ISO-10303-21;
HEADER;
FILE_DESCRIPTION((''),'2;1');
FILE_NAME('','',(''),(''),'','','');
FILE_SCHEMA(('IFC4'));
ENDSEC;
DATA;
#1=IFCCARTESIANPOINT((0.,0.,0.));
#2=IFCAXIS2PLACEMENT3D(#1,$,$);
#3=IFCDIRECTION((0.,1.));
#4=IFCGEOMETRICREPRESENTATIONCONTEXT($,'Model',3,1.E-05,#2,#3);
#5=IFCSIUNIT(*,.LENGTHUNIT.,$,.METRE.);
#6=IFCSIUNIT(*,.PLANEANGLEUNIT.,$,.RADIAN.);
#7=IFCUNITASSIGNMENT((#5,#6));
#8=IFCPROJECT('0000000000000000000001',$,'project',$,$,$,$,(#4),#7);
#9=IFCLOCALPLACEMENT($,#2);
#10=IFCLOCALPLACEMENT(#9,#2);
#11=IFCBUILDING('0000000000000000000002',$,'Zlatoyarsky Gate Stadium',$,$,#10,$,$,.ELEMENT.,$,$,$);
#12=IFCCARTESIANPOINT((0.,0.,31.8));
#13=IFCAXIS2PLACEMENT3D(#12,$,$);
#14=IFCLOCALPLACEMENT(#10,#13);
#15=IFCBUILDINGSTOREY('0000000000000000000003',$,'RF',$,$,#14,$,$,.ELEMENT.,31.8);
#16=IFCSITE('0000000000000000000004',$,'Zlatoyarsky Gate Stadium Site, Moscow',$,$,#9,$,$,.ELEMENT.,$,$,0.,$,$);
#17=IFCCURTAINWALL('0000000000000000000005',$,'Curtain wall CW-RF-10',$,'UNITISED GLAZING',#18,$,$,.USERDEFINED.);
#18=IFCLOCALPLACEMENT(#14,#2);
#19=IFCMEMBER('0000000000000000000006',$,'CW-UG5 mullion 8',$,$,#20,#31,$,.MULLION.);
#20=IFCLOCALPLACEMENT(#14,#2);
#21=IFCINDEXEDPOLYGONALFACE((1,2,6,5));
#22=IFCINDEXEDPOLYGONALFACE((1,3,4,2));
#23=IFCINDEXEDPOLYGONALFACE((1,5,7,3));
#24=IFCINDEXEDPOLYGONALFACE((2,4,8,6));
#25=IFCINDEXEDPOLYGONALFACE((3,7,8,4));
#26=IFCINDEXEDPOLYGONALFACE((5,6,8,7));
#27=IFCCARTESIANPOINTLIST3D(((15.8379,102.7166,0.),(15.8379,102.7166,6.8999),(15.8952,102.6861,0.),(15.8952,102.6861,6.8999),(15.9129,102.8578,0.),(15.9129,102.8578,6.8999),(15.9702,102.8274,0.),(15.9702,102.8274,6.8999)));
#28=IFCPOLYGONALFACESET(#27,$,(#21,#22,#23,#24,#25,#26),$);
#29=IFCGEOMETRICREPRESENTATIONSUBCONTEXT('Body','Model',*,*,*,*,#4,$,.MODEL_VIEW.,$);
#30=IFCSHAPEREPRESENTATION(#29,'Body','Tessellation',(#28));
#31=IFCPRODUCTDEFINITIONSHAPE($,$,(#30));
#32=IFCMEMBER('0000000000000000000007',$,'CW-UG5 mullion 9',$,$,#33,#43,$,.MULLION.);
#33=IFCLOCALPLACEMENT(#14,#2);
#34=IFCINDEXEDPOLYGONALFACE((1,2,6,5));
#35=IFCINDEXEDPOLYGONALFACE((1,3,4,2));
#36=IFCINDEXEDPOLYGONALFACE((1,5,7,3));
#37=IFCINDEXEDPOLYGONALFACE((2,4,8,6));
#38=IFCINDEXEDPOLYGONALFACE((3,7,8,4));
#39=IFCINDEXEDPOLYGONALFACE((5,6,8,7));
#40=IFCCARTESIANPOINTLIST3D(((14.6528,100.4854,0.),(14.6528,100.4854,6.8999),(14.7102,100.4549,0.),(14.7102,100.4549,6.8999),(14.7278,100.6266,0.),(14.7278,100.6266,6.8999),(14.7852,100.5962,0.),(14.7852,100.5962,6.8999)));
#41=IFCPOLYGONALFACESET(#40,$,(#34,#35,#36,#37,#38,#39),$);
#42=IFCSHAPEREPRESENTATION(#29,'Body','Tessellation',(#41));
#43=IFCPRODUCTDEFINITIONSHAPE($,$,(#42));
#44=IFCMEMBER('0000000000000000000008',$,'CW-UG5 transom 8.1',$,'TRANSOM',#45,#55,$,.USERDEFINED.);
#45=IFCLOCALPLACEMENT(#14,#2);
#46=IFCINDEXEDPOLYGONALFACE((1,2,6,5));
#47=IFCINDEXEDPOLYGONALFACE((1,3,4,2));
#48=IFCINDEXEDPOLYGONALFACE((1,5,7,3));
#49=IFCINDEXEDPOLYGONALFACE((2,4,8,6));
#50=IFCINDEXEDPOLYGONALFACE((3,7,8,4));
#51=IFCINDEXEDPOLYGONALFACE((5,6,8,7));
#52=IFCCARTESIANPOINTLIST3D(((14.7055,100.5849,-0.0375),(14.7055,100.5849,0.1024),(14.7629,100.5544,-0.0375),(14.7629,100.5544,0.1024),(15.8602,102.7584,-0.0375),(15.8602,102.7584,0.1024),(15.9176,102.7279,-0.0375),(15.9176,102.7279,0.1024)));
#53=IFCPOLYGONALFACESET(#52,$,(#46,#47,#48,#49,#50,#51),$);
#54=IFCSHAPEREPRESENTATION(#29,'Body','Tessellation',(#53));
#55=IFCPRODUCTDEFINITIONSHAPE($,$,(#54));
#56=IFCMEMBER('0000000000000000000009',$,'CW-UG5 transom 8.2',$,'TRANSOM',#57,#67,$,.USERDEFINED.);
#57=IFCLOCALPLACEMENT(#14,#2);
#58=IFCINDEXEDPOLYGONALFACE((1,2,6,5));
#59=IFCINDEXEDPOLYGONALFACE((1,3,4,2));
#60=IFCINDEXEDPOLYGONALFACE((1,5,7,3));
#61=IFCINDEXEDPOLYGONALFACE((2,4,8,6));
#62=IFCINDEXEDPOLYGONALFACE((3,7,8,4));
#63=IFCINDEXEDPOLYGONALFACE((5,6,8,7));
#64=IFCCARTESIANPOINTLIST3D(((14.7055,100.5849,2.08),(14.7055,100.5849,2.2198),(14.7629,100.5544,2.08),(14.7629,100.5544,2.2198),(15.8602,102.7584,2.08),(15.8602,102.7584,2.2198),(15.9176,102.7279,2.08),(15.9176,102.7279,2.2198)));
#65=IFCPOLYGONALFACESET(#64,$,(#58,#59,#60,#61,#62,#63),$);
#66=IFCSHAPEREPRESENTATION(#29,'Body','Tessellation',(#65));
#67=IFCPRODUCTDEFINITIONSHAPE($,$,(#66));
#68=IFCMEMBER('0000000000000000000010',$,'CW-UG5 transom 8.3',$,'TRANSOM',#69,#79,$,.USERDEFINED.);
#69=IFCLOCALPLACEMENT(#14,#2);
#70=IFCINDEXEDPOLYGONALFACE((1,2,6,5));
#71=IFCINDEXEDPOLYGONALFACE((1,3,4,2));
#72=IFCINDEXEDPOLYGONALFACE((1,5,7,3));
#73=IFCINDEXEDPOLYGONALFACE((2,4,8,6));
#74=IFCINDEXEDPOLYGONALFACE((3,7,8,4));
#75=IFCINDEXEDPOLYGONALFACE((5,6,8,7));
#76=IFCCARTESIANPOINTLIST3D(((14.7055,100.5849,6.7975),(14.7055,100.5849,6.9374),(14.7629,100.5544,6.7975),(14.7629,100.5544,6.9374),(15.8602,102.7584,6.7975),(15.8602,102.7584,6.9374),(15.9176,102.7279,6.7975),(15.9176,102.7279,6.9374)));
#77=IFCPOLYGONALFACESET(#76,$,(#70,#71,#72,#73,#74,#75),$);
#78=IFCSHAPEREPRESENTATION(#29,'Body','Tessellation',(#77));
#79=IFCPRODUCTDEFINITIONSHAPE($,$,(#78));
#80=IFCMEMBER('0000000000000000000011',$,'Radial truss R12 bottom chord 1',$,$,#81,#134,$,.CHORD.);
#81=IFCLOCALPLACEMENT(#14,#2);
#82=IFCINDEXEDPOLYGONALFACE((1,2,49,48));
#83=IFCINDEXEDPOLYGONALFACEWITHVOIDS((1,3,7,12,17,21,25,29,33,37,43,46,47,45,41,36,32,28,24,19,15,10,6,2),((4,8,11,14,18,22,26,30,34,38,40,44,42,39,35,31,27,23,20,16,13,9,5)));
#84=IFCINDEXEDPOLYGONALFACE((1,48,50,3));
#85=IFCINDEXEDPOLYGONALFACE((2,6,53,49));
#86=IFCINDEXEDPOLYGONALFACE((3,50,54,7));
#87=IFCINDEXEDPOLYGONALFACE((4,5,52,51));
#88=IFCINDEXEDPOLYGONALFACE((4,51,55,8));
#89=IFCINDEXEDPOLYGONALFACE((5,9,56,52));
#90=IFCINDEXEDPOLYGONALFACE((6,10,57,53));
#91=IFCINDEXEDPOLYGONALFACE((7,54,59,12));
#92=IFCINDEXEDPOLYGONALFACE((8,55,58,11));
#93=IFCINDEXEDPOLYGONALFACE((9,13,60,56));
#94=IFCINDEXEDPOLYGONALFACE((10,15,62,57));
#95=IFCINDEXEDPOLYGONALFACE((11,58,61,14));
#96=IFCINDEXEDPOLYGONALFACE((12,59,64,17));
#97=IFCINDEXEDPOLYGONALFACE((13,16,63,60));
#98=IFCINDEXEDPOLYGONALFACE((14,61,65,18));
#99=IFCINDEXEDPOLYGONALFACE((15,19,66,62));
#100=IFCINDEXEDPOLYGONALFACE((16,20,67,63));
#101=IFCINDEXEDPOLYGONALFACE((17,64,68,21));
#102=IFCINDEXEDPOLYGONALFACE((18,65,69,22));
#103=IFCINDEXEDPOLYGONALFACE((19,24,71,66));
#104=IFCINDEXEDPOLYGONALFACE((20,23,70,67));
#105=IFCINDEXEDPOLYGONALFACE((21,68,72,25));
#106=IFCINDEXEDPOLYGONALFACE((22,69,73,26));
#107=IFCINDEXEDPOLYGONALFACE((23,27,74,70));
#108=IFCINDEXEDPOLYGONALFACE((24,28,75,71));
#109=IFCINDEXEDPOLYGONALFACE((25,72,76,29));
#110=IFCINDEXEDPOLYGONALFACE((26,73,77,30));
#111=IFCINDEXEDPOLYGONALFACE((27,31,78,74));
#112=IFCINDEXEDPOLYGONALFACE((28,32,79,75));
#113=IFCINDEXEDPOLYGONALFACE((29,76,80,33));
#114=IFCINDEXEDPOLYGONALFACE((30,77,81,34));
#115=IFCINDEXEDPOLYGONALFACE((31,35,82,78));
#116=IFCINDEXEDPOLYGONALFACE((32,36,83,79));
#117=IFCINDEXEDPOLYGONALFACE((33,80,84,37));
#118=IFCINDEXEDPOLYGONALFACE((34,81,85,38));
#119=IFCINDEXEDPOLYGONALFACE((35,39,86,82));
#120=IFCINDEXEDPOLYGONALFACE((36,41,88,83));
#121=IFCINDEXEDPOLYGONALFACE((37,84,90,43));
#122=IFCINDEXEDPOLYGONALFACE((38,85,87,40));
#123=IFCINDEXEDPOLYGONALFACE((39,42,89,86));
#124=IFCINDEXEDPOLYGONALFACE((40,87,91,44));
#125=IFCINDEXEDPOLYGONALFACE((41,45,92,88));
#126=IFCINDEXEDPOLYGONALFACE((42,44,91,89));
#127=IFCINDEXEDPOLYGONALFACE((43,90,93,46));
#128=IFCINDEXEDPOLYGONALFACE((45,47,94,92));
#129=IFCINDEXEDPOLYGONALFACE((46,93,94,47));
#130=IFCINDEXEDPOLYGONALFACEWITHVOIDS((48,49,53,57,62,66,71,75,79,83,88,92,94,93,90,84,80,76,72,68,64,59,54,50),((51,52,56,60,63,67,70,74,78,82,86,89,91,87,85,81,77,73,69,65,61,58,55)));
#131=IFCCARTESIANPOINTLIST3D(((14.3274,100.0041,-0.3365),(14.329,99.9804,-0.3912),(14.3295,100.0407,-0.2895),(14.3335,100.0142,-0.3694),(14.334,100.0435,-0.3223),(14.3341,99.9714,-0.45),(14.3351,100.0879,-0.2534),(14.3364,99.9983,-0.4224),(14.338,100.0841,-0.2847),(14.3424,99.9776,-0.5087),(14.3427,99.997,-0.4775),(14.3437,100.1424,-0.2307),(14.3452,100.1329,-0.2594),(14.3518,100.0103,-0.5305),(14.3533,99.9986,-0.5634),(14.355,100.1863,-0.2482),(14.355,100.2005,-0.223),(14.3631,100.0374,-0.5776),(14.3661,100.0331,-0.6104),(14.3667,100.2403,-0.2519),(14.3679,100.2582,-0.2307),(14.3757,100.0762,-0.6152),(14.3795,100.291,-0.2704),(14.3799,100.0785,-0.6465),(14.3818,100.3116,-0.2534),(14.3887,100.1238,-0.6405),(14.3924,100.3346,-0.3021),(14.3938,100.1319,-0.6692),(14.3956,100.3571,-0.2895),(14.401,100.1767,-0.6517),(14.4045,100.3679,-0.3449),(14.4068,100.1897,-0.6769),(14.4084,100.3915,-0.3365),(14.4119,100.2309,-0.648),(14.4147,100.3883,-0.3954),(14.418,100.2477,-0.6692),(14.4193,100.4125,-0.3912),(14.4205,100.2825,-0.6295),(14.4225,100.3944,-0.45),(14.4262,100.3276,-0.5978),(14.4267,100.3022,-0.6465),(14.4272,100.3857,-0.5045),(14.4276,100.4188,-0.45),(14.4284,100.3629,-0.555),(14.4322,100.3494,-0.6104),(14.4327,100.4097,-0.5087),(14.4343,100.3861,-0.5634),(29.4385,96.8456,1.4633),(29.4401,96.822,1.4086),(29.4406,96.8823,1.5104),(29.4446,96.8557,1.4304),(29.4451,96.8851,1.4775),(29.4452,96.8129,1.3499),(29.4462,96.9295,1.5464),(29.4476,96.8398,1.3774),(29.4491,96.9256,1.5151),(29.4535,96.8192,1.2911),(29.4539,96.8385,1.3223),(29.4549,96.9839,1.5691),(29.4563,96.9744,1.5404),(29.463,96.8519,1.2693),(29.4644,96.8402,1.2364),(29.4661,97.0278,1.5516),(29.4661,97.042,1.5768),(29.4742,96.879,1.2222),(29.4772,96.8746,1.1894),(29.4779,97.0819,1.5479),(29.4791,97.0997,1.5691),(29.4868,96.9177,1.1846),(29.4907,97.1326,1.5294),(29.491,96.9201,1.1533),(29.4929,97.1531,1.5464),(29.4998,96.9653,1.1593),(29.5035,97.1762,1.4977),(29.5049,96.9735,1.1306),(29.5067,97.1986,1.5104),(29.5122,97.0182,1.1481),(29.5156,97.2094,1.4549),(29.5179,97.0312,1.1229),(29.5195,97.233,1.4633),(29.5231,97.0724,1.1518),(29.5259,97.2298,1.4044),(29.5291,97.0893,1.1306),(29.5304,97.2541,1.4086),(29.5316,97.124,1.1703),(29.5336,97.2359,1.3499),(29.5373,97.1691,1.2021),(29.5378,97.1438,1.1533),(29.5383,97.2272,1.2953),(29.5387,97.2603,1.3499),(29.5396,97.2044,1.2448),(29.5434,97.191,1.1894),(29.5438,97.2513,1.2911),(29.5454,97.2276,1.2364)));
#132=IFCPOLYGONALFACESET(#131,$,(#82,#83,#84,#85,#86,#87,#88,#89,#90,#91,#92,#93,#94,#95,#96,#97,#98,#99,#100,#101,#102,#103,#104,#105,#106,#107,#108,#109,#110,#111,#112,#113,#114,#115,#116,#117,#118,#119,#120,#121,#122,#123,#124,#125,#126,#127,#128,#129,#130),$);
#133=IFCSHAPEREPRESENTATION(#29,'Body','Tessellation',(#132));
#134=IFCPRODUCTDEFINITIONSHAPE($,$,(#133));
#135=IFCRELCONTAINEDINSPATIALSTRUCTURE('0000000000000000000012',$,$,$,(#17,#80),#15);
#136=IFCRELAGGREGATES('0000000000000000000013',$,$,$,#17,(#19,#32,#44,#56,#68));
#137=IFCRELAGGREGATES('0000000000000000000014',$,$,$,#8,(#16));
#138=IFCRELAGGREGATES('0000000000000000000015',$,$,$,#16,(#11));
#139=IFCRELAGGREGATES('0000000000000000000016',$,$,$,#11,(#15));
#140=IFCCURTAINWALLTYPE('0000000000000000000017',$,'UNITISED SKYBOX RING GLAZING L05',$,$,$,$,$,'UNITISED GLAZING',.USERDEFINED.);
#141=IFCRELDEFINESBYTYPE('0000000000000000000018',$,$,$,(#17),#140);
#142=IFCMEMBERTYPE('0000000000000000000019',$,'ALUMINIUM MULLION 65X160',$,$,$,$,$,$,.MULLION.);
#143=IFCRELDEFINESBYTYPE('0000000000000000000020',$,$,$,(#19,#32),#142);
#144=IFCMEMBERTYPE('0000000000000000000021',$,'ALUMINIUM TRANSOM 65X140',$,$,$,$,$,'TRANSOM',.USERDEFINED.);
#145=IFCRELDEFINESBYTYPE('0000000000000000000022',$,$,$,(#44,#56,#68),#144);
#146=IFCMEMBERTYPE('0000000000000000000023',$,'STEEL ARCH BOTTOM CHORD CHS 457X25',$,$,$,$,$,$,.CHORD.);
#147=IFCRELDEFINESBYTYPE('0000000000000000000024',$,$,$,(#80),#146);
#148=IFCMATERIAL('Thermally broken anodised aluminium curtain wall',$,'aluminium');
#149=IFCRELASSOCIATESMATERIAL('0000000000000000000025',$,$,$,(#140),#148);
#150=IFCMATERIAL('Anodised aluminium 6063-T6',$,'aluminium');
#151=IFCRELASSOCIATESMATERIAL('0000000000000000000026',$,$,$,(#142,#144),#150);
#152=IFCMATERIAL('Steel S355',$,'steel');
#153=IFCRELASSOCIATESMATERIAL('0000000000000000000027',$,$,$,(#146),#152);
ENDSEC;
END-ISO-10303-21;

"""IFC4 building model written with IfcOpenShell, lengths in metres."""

from ifc_helpers import new_model, si_unit, direction, frame, origin, origin_2d, place, context, subcontext, project, spatial, rectangle, hollow_circle, extrude, material, material_profile, profile_set, type_object, element, aggregate, save


model = new_model("IFC4")

# Units and contexts
model_context = context("Model", 3, precision=1e-05, world=origin(), true_north=direction((0.0, 1.0)))
body_context = subcontext(model_context, "Body", "Model", "MODEL_VIEW")
ifc_project = project(units=[si_unit("LENGTHUNIT", "METRE"), si_unit("PLANEANGLEUNIT", "RADIAN")], contexts=[model_context])

# Site, building, storey
site_placement = place(None, origin())
site = spatial("IfcSite", under=ifc_project, at=site_placement, Name="Zlatoyarsky Gate Stadium Site, Moscow", CompositionType="ELEMENT", RefElevation=0.0)
building_placement = place(site_placement, origin())
building = spatial("IfcBuilding", under=site, at=building_placement, Name="Zlatoyarsky Gate Stadium", CompositionType="ELEMENT")
storey_placement = place(building_placement, frame((0.0, 0.0, 31.8)))
storey = spatial("IfcBuildingStorey", under=building, at=storey_placement, Name="RF", CompositionType="ELEMENT", Elevation=31.8)

# Curtain wall, members
ifc_material_1 = material(Name="Thermally broken anodised aluminium curtain wall", Category="aluminium")
curtain_wall_type = type_object("IfcCurtainWallType", Name="UNITISED SKYBOX RING GLAZING L05", ElementType="UNITISED GLAZING", PredefinedType="USERDEFINED", material=ifc_material_1)
curtain_wall_placement = place(storey_placement, origin())
curtain_wall = element("IfcCurtainWall", 1, at=curtain_wall_placement, inside=storey, type_object=curtain_wall_type, Name="Curtain wall CW-RF-10", ObjectType="UNITISED GLAZING", PredefinedType="USERDEFINED")
ifc_material_2 = material(Name="Anodised aluminium 6063-T6", Category="aluminium")
ifc_material_profile_1 = material_profile(ifc_material_2, rectangle(XDim=0.0649, YDim=0.1599, at=origin_2d()), Name="ALU 65X160")
ifc_profile_set_1 = profile_set([ifc_material_profile_1], Name="Anodised aluminium 6063-T6")
member_type_1 = type_object("IfcMemberType", Name="ALUMINIUM MULLION 65X160", PredefinedType="MULLION", material=ifc_profile_set_1)
member_1_placement = place(storey_placement, frame((15.9041, 102.772, 0.0), z_axis=(0.0, 0.0, 1.0), x_axis=(0.883131, -0.469127, 0.0)))
member_1 = element("IfcMember", 2, at=member_1_placement, type_object=member_type_1, Name="CW-UG5 mullion 8", PredefinedType="MULLION", context=body_context, shape_type="SweptSolid", body=[
    extrude(rectangle(XDim=0.0649, YDim=0.1599, at=origin_2d()), origin(), (0.0, 0.0, 1.0), 6.8999),
])
member_2_placement = place(storey_placement, frame((14.719, 100.5408, 0.0), z_axis=(0.0, 0.0, 1.0), x_axis=(0.883131, -0.469127, 0.0)))
member_2 = element("IfcMember", 3, at=member_2_placement, type_object=member_type_1, Name="CW-UG5 mullion 9", PredefinedType="MULLION", context=body_context, shape_type="SweptSolid", body=[
    extrude(rectangle(XDim=0.0649, YDim=0.1599, at=origin_2d()), origin(), (0.0, 0.0, 1.0), 6.8999),
])
ifc_material_profile_2 = material_profile(ifc_material_2, rectangle(XDim=0.0649, YDim=0.1399, at=origin_2d()), Name="ALU 65X140")
ifc_profile_set_2 = profile_set([ifc_material_profile_2], Name="Anodised aluminium 6063-T6")
member_type_2 = type_object("IfcMemberType", Name="ALUMINIUM TRANSOM 65X140", ElementType="TRANSOM", PredefinedType="USERDEFINED", material=ifc_profile_set_2)
member_3_placement = place(storey_placement, frame((15.8889, 102.7432, 0.0325), z_axis=(-0.469177, -0.883104, 0.0), x_axis=(0.883104, -0.469177, 0.0)))
member_3 = element("IfcMember", 4, at=member_3_placement, type_object=member_type_2, Name="CW-UG5 transom 8.1", ObjectType="TRANSOM", PredefinedType="USERDEFINED", context=body_context, shape_type="SweptSolid", body=[
    extrude(rectangle(XDim=0.0649, YDim=0.1399, at=origin_2d()), origin(), (0.0, 0.0, 1.0), 2.4612),
])
member_4_placement = place(storey_placement, frame((15.8889, 102.7432, 2.1499), z_axis=(-0.469177, -0.883104, 0.0), x_axis=(0.883104, -0.469177, 0.0)))
member_4 = element("IfcMember", 5, at=member_4_placement, type_object=member_type_2, Name="CW-UG5 transom 8.2", ObjectType="TRANSOM", PredefinedType="USERDEFINED", context=body_context, shape_type="SweptSolid", body=[
    extrude(rectangle(XDim=0.0649, YDim=0.1399, at=origin_2d()), origin(), (0.0, 0.0, 1.0), 2.4612),
])
member_5_placement = place(storey_placement, frame((15.8889, 102.7432, 6.8674), z_axis=(-0.469177, -0.883104, 0.0), x_axis=(0.883104, -0.469177, 0.0)))
member_5 = element("IfcMember", 6, at=member_5_placement, type_object=member_type_2, Name="CW-UG5 transom 8.3", ObjectType="TRANSOM", PredefinedType="USERDEFINED", context=body_context, shape_type="SweptSolid", body=[
    extrude(rectangle(XDim=0.0649, YDim=0.1399, at=origin_2d()), origin(), (0.0, 0.0, 1.0), 2.4612),
])

# Member
ifc_material_3 = material(Name="Steel S355", Category="steel")
ifc_material_profile_3 = material_profile(ifc_material_3, hollow_circle(Radius=0.2285, WallThickness=0.0249, at=origin_2d()), Name="CHS 457X25")
ifc_profile_set_3 = profile_set([ifc_material_profile_3], Name="Steel S355")
member_type_3 = type_object("IfcMemberType", Name="STEEL ARCH BOTTOM CHORD CHS 457X25", PredefinedType="CHORD", material=ifc_profile_set_3)
member_6_placement = place(storey_placement, frame((14.3809, 100.1951, -0.45), z_axis=(0.972262, -0.203218, 0.115801), x_axis=(0.204594, 0.978847, 0.0)))
element("IfcMember", 7, at=member_6_placement, inside=storey, type_object=member_type_3, Name="Radial truss R12 bottom chord 1", PredefinedType="CHORD", context=body_context, shape_type="SweptSolid", body=[
    extrude(hollow_circle(Radius=0.2285, WallThickness=0.0249, at=origin_2d()), origin(), (0.0, 0.0, 1.0), 15.5422),
])

aggregate(curtain_wall, [member_1, member_2, member_3, member_4, member_5])

save(model, "model.ifc")
